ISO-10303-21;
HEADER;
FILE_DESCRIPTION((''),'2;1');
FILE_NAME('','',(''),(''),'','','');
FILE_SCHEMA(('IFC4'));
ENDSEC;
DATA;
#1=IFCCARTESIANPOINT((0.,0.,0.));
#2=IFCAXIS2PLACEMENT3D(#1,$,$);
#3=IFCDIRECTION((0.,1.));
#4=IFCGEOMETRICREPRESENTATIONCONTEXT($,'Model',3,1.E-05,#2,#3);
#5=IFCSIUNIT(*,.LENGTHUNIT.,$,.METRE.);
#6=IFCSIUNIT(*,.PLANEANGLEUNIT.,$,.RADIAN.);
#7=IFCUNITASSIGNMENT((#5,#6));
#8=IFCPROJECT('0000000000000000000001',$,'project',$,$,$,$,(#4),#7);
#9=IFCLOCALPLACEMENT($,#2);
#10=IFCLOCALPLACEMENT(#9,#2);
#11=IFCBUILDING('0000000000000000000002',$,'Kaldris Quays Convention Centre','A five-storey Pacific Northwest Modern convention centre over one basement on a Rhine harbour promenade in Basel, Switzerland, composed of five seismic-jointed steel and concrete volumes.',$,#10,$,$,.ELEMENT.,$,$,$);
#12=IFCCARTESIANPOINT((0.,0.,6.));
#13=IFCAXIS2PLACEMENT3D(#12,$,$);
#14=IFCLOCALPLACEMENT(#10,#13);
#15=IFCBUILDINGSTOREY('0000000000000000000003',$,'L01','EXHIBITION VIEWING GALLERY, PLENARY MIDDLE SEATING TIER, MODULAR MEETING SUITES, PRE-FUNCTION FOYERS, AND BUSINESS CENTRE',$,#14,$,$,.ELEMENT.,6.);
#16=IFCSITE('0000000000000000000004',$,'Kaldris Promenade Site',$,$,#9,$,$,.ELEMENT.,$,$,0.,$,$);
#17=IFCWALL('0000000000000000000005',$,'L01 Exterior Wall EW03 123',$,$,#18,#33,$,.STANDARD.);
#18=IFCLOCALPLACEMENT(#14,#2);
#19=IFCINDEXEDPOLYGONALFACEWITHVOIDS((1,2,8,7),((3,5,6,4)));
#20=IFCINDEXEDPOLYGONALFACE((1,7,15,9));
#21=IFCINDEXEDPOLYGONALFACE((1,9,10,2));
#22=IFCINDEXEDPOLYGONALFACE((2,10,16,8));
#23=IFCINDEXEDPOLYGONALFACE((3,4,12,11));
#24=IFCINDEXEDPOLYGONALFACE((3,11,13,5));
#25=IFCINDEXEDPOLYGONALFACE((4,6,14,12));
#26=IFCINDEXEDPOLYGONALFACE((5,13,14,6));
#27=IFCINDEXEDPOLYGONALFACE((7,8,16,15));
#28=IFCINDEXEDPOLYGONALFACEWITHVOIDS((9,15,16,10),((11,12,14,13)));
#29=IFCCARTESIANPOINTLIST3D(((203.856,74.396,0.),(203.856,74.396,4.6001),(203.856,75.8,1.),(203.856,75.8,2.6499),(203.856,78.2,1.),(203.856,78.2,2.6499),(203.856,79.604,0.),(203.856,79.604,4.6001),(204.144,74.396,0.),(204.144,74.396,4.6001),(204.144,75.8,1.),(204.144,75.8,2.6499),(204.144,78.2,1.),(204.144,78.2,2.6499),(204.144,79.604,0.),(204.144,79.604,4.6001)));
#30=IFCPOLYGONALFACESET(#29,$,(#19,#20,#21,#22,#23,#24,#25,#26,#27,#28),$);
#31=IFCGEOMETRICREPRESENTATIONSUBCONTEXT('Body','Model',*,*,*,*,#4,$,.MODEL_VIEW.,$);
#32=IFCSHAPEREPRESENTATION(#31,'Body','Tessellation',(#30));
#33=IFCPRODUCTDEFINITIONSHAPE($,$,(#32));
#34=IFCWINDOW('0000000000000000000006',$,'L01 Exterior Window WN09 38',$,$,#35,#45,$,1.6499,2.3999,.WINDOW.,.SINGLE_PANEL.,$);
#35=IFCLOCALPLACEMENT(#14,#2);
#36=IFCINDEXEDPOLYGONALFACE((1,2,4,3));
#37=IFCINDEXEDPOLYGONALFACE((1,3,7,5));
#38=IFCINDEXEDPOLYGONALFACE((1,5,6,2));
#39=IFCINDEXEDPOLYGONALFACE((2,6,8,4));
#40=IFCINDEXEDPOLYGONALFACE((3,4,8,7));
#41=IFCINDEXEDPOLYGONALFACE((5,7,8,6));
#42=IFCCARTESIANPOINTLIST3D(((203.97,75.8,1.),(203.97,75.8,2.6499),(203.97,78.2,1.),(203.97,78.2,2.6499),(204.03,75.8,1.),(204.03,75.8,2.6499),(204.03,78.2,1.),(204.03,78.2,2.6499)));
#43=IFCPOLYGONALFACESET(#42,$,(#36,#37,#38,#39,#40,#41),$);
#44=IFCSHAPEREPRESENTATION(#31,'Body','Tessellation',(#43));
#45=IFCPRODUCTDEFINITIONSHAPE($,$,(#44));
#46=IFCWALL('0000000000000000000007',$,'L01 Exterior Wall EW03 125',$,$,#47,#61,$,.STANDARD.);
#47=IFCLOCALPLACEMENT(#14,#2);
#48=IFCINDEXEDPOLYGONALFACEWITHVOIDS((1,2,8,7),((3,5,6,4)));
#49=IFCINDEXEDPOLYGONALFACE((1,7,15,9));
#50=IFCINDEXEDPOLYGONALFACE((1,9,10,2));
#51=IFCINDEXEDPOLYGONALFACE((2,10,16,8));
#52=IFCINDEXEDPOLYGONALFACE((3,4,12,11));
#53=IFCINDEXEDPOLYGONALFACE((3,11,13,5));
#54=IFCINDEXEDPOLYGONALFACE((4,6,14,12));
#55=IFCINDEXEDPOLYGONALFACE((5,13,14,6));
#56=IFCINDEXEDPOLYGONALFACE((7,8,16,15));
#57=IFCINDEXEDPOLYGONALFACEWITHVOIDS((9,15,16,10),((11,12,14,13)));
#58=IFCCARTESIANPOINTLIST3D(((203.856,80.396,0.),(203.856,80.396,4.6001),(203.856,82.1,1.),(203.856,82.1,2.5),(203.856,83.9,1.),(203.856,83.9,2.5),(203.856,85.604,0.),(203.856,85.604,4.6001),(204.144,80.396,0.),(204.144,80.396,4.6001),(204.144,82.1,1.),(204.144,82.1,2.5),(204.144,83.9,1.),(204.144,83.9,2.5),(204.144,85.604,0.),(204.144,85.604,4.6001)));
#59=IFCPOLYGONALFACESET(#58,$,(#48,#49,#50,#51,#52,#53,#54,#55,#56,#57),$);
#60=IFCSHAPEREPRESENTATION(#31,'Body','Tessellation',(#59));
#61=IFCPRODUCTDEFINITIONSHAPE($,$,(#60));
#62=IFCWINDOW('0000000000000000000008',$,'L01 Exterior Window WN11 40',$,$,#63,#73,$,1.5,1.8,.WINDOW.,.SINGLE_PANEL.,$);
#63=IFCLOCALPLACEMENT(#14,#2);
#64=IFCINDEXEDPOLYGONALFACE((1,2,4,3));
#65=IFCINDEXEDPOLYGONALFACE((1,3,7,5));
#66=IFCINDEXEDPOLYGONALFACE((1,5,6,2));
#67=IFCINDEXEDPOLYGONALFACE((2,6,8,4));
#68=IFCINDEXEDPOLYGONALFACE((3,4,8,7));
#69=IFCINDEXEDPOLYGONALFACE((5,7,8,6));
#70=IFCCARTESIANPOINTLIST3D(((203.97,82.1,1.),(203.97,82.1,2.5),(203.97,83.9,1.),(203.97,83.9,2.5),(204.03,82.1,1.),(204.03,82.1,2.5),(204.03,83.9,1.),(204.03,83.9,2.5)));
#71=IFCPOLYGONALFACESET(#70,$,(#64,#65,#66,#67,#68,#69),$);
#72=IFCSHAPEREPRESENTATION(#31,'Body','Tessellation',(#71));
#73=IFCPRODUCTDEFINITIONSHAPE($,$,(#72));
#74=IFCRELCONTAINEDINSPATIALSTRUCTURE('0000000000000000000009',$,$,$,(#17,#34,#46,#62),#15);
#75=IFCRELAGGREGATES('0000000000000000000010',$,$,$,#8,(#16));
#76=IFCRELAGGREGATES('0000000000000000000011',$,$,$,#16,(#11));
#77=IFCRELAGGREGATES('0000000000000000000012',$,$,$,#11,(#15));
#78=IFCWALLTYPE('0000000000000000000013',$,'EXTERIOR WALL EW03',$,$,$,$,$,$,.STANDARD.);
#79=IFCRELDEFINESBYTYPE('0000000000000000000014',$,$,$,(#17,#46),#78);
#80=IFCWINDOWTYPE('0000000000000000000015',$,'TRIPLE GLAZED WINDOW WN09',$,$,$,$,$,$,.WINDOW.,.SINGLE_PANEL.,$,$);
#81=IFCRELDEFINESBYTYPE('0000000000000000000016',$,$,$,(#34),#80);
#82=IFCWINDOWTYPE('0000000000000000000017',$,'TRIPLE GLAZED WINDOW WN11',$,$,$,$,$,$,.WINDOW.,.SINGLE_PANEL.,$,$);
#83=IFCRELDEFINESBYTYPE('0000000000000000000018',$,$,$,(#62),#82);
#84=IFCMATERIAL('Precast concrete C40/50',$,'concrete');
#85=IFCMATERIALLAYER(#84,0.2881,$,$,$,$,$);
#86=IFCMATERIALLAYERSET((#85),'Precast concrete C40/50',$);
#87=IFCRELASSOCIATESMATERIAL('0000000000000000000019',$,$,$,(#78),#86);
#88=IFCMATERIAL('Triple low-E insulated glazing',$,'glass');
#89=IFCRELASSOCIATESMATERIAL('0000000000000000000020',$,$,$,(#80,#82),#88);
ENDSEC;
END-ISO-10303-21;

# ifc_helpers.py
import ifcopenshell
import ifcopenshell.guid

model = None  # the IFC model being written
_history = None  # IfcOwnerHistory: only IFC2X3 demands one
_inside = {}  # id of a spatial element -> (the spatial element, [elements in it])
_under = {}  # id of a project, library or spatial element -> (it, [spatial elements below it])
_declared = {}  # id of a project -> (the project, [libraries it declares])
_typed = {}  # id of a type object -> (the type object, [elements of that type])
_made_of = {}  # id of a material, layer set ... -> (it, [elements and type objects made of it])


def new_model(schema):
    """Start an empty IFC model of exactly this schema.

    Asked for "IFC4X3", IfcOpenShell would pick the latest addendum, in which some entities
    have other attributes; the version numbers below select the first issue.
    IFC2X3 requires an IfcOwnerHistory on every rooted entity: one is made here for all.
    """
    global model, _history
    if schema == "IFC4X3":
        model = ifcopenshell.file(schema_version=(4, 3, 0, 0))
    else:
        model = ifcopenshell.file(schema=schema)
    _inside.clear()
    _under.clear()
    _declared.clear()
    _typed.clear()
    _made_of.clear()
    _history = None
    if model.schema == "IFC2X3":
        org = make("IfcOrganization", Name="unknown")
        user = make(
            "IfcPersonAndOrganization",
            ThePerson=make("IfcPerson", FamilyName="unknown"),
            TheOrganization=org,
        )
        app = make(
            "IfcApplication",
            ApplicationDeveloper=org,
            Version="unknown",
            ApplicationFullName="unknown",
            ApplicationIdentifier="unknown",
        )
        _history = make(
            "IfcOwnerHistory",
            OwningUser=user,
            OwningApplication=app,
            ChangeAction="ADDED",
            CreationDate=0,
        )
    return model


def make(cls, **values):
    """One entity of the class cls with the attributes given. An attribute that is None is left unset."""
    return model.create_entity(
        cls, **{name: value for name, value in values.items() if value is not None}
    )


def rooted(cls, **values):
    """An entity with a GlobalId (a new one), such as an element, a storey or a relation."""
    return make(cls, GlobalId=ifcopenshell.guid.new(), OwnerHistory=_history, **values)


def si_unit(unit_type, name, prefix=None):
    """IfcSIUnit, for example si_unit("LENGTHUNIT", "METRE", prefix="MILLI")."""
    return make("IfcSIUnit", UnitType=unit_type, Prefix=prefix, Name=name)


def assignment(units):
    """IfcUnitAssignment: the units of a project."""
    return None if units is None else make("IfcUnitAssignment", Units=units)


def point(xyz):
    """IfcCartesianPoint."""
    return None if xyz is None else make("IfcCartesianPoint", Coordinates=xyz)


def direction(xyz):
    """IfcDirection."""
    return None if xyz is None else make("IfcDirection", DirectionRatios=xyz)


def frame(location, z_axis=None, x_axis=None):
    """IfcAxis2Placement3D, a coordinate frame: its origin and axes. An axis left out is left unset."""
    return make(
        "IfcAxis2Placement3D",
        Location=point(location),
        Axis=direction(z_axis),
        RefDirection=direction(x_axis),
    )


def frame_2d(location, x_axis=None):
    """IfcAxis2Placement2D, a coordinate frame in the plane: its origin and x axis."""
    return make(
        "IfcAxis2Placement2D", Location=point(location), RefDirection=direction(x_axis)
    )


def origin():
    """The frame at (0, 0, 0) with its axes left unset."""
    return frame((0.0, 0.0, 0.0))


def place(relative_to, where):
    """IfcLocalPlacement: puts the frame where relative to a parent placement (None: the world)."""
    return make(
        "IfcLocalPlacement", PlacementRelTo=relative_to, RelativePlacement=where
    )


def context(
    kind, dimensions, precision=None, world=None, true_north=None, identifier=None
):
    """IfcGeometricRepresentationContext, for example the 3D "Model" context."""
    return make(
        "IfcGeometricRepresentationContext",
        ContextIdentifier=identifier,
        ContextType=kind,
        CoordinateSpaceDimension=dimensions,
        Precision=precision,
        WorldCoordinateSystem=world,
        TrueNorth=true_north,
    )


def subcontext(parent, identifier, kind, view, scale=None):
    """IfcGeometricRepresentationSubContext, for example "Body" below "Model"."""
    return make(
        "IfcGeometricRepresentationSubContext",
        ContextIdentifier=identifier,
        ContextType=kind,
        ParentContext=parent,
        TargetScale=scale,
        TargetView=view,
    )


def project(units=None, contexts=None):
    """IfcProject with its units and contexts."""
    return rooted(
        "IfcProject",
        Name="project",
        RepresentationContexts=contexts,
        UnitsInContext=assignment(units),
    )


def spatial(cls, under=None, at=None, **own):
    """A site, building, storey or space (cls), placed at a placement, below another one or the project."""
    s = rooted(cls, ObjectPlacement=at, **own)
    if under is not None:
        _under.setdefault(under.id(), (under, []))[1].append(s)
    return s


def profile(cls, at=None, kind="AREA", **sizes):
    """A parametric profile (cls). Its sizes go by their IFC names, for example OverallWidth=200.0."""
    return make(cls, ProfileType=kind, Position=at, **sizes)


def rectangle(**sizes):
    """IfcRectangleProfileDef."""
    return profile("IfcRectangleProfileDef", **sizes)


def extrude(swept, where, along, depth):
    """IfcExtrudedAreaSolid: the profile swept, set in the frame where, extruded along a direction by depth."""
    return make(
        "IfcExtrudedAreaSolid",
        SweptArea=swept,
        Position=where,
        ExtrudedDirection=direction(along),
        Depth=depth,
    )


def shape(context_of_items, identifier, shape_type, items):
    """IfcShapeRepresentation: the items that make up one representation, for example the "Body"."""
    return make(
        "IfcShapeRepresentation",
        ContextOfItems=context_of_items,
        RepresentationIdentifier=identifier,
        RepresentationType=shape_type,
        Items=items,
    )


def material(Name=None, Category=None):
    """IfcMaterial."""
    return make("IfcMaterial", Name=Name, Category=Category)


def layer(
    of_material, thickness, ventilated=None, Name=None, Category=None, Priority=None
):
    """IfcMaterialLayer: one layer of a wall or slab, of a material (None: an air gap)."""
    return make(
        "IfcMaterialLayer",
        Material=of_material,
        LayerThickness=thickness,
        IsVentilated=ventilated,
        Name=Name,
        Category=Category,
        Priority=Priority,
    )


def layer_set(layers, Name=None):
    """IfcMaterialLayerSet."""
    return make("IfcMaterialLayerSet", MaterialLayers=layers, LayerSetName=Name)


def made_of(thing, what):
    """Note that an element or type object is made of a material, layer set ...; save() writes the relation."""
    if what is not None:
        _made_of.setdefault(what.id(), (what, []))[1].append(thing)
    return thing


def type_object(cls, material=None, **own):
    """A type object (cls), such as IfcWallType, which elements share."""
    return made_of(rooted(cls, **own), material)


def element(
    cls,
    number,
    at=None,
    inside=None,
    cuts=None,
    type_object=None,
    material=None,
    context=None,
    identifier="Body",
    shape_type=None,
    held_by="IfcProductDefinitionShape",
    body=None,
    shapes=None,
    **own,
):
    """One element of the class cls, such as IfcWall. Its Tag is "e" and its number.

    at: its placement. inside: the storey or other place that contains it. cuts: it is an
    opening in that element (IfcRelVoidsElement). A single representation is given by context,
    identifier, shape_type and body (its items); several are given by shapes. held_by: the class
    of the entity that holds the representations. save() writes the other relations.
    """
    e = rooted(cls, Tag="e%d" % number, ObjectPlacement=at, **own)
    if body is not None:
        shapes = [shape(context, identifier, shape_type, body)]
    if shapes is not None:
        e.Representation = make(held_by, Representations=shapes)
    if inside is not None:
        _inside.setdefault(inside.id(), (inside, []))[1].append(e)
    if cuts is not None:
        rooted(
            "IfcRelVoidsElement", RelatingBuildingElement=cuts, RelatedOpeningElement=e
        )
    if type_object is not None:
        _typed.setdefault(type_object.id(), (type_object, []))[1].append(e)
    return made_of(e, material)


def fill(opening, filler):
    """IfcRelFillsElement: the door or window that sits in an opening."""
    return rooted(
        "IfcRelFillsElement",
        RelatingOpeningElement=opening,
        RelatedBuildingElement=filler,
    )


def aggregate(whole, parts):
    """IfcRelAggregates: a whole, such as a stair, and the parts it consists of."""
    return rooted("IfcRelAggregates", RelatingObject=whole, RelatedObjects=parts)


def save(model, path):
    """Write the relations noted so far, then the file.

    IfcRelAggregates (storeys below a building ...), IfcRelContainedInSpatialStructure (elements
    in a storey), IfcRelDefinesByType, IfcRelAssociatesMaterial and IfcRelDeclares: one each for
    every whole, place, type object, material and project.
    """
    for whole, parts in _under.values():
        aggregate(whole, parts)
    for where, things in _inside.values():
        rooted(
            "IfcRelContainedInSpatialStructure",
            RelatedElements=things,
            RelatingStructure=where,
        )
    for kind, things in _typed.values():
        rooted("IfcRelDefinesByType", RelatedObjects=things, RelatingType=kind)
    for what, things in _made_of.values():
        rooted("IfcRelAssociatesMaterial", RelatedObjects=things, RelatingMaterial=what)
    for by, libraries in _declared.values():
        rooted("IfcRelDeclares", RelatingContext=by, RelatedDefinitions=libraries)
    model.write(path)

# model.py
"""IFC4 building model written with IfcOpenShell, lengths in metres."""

from ifc_helpers import new_model, si_unit, direction, frame, frame_2d, origin, place, context, subcontext, project, spatial, rectangle, extrude, material, layer, layer_set, type_object, element, fill, save


model = new_model("IFC4")

# Units and contexts
model_context = context("Model", 3, precision=1e-05, world=origin(), true_north=direction((0.0, 1.0)))
body_context = subcontext(model_context, "Body", "Model", "MODEL_VIEW")
ifc_project = project(units=[si_unit("LENGTHUNIT", "METRE"), si_unit("PLANEANGLEUNIT", "RADIAN")], contexts=[model_context])

# Site, building, storey
site_placement = place(None, origin())
site = spatial("IfcSite", under=ifc_project, at=site_placement, Name="Kaldris Promenade Site", CompositionType="ELEMENT", RefElevation=0.0)
building_placement = place(site_placement, origin())
building = spatial("IfcBuilding", under=site, at=building_placement, Name="Kaldris Quays Convention Centre", Description="A five-storey Pacific Northwest Modern convention centre over one basement on a Rhine harbour promenade in Basel, Switzerland, composed of five seismic-jointed steel and concrete volumes.", CompositionType="ELEMENT")
storey_placement = place(building_placement, frame((0.0, 0.0, 6.0)))
storey = spatial("IfcBuildingStorey", under=building, at=storey_placement, Name="L01", Description="EXHIBITION VIEWING GALLERY, PLENARY MIDDLE SEATING TIER, MODULAR MEETING SUITES, PRE-FUNCTION FOYERS, AND BUSINESS CENTRE", CompositionType="ELEMENT", Elevation=6.0)

# Shared definitions
ifc_material_1 = material(Name="Triple low-E insulated glazing", Category="glass")

# Walls, openings, windows
ifc_material_2 = material(Name="Precast concrete C40/50", Category="concrete")
ifc_layer = layer(ifc_material_2, 0.2881)
ifc_layer_set = layer_set([ifc_layer], Name="Precast concrete C40/50")
wall_type = type_object("IfcWallType", Name="EXTERIOR WALL EW03", PredefinedType="STANDARD", material=ifc_layer_set)
wall_1_placement = place(storey_placement, frame((204.0, 74.396, 0.0), z_axis=(0.0, 0.0, 1.0), x_axis=(0.0, 1.0, 0.0)))
wall_1 = element("IfcWall", 1, at=wall_1_placement, inside=storey, type_object=wall_type, Name="L01 Exterior Wall EW03 123", PredefinedType="STANDARD", context=body_context, shape_type="SweptSolid", body=[
    extrude(rectangle(XDim=5.208, YDim=0.2881, at=frame_2d((2.604, 0.0))), origin(), (0.0, 0.0, 1.0), 4.6001),
])
opening_1_placement = place(wall_1_placement, frame((1.4041, 0.0, 1.0)))
opening_1 = element("IfcOpeningElement", 2, at=opening_1_placement, cuts=wall_1, PredefinedType="OPENING", context=body_context, shape_type="SweptSolid", body=[
    extrude(rectangle(XDim=2.3999, YDim=1.6499, at=frame_2d((1.2, 0.825))), frame((0.0, 0.1541, 0.0), z_axis=(0.0, -1.0, 0.0), x_axis=(1.0, 0.0, 0.0)), (0.0, 0.0, 1.0), 0.3081),
])
window_type_1 = type_object("IfcWindowType", Name="TRIPLE GLAZED WINDOW WN09", PartitioningType="SINGLE_PANEL", PredefinedType="WINDOW", material=ifc_material_1)
window_1_placement = place(opening_1_placement, origin())
window_1 = element("IfcWindow", 3, at=window_1_placement, inside=storey, type_object=window_type_1, Name="L01 Exterior Window WN09 38", OverallHeight=1.6499, OverallWidth=2.3999, PartitioningType="SINGLE_PANEL", PredefinedType="WINDOW", context=body_context, shape_type="SweptSolid", body=[
    extrude(rectangle(XDim=2.3999, YDim=1.6499, at=frame_2d((1.2, 0.825))), frame((0.0, 0.03, 0.0), z_axis=(0.0, -1.0, 0.0), x_axis=(1.0, 0.0, 0.0)), (0.0, 0.0, 1.0), 0.0601),
])
fill(opening_1, window_1)
wall_2_placement = place(storey_placement, frame((204.0, 80.396, 0.0), z_axis=(0.0, 0.0, 1.0), x_axis=(0.0, 1.0, 0.0)))
wall_2 = element("IfcWall", 4, at=wall_2_placement, inside=storey, type_object=wall_type, Name="L01 Exterior Wall EW03 125", PredefinedType="STANDARD", context=body_context, shape_type="SweptSolid", body=[
    extrude(rectangle(XDim=5.208, YDim=0.2881, at=frame_2d((2.604, 0.0))), origin(), (0.0, 0.0, 1.0), 4.6001),
])
opening_2_placement = place(wall_2_placement, frame((1.7041, 0.0, 1.0)))
opening_2 = element("IfcOpeningElement", 5, at=opening_2_placement, cuts=wall_2, PredefinedType="OPENING", context=body_context, shape_type="SweptSolid", body=[
    extrude(rectangle(XDim=1.8, YDim=1.5, at=frame_2d((0.8999, 0.75))), frame((0.0, 0.1541, 0.0), z_axis=(0.0, -1.0, 0.0), x_axis=(1.0, 0.0, 0.0)), (0.0, 0.0, 1.0), 0.3081),
])
window_type_2 = type_object("IfcWindowType", Name="TRIPLE GLAZED WINDOW WN11", PartitioningType="SINGLE_PANEL", PredefinedType="WINDOW", material=ifc_material_1)
window_2_placement = place(opening_2_placement, origin())
window_2 = element("IfcWindow", 6, at=window_2_placement, inside=storey, type_object=window_type_2, Name="L01 Exterior Window WN11 40", OverallHeight=1.5, OverallWidth=1.8, PartitioningType="SINGLE_PANEL", PredefinedType="WINDOW", context=body_context, shape_type="SweptSolid", body=[
    extrude(rectangle(XDim=1.8, YDim=1.5, at=frame_2d((0.8999, 0.75))), frame((0.0, 0.03, 0.0), z_axis=(0.0, -1.0, 0.0), x_axis=(1.0, 0.0, 0.0)), (0.0, 0.0, 1.0), 0.0601),
])
fill(opening_2, window_2)

save(model, "model.ifc")
